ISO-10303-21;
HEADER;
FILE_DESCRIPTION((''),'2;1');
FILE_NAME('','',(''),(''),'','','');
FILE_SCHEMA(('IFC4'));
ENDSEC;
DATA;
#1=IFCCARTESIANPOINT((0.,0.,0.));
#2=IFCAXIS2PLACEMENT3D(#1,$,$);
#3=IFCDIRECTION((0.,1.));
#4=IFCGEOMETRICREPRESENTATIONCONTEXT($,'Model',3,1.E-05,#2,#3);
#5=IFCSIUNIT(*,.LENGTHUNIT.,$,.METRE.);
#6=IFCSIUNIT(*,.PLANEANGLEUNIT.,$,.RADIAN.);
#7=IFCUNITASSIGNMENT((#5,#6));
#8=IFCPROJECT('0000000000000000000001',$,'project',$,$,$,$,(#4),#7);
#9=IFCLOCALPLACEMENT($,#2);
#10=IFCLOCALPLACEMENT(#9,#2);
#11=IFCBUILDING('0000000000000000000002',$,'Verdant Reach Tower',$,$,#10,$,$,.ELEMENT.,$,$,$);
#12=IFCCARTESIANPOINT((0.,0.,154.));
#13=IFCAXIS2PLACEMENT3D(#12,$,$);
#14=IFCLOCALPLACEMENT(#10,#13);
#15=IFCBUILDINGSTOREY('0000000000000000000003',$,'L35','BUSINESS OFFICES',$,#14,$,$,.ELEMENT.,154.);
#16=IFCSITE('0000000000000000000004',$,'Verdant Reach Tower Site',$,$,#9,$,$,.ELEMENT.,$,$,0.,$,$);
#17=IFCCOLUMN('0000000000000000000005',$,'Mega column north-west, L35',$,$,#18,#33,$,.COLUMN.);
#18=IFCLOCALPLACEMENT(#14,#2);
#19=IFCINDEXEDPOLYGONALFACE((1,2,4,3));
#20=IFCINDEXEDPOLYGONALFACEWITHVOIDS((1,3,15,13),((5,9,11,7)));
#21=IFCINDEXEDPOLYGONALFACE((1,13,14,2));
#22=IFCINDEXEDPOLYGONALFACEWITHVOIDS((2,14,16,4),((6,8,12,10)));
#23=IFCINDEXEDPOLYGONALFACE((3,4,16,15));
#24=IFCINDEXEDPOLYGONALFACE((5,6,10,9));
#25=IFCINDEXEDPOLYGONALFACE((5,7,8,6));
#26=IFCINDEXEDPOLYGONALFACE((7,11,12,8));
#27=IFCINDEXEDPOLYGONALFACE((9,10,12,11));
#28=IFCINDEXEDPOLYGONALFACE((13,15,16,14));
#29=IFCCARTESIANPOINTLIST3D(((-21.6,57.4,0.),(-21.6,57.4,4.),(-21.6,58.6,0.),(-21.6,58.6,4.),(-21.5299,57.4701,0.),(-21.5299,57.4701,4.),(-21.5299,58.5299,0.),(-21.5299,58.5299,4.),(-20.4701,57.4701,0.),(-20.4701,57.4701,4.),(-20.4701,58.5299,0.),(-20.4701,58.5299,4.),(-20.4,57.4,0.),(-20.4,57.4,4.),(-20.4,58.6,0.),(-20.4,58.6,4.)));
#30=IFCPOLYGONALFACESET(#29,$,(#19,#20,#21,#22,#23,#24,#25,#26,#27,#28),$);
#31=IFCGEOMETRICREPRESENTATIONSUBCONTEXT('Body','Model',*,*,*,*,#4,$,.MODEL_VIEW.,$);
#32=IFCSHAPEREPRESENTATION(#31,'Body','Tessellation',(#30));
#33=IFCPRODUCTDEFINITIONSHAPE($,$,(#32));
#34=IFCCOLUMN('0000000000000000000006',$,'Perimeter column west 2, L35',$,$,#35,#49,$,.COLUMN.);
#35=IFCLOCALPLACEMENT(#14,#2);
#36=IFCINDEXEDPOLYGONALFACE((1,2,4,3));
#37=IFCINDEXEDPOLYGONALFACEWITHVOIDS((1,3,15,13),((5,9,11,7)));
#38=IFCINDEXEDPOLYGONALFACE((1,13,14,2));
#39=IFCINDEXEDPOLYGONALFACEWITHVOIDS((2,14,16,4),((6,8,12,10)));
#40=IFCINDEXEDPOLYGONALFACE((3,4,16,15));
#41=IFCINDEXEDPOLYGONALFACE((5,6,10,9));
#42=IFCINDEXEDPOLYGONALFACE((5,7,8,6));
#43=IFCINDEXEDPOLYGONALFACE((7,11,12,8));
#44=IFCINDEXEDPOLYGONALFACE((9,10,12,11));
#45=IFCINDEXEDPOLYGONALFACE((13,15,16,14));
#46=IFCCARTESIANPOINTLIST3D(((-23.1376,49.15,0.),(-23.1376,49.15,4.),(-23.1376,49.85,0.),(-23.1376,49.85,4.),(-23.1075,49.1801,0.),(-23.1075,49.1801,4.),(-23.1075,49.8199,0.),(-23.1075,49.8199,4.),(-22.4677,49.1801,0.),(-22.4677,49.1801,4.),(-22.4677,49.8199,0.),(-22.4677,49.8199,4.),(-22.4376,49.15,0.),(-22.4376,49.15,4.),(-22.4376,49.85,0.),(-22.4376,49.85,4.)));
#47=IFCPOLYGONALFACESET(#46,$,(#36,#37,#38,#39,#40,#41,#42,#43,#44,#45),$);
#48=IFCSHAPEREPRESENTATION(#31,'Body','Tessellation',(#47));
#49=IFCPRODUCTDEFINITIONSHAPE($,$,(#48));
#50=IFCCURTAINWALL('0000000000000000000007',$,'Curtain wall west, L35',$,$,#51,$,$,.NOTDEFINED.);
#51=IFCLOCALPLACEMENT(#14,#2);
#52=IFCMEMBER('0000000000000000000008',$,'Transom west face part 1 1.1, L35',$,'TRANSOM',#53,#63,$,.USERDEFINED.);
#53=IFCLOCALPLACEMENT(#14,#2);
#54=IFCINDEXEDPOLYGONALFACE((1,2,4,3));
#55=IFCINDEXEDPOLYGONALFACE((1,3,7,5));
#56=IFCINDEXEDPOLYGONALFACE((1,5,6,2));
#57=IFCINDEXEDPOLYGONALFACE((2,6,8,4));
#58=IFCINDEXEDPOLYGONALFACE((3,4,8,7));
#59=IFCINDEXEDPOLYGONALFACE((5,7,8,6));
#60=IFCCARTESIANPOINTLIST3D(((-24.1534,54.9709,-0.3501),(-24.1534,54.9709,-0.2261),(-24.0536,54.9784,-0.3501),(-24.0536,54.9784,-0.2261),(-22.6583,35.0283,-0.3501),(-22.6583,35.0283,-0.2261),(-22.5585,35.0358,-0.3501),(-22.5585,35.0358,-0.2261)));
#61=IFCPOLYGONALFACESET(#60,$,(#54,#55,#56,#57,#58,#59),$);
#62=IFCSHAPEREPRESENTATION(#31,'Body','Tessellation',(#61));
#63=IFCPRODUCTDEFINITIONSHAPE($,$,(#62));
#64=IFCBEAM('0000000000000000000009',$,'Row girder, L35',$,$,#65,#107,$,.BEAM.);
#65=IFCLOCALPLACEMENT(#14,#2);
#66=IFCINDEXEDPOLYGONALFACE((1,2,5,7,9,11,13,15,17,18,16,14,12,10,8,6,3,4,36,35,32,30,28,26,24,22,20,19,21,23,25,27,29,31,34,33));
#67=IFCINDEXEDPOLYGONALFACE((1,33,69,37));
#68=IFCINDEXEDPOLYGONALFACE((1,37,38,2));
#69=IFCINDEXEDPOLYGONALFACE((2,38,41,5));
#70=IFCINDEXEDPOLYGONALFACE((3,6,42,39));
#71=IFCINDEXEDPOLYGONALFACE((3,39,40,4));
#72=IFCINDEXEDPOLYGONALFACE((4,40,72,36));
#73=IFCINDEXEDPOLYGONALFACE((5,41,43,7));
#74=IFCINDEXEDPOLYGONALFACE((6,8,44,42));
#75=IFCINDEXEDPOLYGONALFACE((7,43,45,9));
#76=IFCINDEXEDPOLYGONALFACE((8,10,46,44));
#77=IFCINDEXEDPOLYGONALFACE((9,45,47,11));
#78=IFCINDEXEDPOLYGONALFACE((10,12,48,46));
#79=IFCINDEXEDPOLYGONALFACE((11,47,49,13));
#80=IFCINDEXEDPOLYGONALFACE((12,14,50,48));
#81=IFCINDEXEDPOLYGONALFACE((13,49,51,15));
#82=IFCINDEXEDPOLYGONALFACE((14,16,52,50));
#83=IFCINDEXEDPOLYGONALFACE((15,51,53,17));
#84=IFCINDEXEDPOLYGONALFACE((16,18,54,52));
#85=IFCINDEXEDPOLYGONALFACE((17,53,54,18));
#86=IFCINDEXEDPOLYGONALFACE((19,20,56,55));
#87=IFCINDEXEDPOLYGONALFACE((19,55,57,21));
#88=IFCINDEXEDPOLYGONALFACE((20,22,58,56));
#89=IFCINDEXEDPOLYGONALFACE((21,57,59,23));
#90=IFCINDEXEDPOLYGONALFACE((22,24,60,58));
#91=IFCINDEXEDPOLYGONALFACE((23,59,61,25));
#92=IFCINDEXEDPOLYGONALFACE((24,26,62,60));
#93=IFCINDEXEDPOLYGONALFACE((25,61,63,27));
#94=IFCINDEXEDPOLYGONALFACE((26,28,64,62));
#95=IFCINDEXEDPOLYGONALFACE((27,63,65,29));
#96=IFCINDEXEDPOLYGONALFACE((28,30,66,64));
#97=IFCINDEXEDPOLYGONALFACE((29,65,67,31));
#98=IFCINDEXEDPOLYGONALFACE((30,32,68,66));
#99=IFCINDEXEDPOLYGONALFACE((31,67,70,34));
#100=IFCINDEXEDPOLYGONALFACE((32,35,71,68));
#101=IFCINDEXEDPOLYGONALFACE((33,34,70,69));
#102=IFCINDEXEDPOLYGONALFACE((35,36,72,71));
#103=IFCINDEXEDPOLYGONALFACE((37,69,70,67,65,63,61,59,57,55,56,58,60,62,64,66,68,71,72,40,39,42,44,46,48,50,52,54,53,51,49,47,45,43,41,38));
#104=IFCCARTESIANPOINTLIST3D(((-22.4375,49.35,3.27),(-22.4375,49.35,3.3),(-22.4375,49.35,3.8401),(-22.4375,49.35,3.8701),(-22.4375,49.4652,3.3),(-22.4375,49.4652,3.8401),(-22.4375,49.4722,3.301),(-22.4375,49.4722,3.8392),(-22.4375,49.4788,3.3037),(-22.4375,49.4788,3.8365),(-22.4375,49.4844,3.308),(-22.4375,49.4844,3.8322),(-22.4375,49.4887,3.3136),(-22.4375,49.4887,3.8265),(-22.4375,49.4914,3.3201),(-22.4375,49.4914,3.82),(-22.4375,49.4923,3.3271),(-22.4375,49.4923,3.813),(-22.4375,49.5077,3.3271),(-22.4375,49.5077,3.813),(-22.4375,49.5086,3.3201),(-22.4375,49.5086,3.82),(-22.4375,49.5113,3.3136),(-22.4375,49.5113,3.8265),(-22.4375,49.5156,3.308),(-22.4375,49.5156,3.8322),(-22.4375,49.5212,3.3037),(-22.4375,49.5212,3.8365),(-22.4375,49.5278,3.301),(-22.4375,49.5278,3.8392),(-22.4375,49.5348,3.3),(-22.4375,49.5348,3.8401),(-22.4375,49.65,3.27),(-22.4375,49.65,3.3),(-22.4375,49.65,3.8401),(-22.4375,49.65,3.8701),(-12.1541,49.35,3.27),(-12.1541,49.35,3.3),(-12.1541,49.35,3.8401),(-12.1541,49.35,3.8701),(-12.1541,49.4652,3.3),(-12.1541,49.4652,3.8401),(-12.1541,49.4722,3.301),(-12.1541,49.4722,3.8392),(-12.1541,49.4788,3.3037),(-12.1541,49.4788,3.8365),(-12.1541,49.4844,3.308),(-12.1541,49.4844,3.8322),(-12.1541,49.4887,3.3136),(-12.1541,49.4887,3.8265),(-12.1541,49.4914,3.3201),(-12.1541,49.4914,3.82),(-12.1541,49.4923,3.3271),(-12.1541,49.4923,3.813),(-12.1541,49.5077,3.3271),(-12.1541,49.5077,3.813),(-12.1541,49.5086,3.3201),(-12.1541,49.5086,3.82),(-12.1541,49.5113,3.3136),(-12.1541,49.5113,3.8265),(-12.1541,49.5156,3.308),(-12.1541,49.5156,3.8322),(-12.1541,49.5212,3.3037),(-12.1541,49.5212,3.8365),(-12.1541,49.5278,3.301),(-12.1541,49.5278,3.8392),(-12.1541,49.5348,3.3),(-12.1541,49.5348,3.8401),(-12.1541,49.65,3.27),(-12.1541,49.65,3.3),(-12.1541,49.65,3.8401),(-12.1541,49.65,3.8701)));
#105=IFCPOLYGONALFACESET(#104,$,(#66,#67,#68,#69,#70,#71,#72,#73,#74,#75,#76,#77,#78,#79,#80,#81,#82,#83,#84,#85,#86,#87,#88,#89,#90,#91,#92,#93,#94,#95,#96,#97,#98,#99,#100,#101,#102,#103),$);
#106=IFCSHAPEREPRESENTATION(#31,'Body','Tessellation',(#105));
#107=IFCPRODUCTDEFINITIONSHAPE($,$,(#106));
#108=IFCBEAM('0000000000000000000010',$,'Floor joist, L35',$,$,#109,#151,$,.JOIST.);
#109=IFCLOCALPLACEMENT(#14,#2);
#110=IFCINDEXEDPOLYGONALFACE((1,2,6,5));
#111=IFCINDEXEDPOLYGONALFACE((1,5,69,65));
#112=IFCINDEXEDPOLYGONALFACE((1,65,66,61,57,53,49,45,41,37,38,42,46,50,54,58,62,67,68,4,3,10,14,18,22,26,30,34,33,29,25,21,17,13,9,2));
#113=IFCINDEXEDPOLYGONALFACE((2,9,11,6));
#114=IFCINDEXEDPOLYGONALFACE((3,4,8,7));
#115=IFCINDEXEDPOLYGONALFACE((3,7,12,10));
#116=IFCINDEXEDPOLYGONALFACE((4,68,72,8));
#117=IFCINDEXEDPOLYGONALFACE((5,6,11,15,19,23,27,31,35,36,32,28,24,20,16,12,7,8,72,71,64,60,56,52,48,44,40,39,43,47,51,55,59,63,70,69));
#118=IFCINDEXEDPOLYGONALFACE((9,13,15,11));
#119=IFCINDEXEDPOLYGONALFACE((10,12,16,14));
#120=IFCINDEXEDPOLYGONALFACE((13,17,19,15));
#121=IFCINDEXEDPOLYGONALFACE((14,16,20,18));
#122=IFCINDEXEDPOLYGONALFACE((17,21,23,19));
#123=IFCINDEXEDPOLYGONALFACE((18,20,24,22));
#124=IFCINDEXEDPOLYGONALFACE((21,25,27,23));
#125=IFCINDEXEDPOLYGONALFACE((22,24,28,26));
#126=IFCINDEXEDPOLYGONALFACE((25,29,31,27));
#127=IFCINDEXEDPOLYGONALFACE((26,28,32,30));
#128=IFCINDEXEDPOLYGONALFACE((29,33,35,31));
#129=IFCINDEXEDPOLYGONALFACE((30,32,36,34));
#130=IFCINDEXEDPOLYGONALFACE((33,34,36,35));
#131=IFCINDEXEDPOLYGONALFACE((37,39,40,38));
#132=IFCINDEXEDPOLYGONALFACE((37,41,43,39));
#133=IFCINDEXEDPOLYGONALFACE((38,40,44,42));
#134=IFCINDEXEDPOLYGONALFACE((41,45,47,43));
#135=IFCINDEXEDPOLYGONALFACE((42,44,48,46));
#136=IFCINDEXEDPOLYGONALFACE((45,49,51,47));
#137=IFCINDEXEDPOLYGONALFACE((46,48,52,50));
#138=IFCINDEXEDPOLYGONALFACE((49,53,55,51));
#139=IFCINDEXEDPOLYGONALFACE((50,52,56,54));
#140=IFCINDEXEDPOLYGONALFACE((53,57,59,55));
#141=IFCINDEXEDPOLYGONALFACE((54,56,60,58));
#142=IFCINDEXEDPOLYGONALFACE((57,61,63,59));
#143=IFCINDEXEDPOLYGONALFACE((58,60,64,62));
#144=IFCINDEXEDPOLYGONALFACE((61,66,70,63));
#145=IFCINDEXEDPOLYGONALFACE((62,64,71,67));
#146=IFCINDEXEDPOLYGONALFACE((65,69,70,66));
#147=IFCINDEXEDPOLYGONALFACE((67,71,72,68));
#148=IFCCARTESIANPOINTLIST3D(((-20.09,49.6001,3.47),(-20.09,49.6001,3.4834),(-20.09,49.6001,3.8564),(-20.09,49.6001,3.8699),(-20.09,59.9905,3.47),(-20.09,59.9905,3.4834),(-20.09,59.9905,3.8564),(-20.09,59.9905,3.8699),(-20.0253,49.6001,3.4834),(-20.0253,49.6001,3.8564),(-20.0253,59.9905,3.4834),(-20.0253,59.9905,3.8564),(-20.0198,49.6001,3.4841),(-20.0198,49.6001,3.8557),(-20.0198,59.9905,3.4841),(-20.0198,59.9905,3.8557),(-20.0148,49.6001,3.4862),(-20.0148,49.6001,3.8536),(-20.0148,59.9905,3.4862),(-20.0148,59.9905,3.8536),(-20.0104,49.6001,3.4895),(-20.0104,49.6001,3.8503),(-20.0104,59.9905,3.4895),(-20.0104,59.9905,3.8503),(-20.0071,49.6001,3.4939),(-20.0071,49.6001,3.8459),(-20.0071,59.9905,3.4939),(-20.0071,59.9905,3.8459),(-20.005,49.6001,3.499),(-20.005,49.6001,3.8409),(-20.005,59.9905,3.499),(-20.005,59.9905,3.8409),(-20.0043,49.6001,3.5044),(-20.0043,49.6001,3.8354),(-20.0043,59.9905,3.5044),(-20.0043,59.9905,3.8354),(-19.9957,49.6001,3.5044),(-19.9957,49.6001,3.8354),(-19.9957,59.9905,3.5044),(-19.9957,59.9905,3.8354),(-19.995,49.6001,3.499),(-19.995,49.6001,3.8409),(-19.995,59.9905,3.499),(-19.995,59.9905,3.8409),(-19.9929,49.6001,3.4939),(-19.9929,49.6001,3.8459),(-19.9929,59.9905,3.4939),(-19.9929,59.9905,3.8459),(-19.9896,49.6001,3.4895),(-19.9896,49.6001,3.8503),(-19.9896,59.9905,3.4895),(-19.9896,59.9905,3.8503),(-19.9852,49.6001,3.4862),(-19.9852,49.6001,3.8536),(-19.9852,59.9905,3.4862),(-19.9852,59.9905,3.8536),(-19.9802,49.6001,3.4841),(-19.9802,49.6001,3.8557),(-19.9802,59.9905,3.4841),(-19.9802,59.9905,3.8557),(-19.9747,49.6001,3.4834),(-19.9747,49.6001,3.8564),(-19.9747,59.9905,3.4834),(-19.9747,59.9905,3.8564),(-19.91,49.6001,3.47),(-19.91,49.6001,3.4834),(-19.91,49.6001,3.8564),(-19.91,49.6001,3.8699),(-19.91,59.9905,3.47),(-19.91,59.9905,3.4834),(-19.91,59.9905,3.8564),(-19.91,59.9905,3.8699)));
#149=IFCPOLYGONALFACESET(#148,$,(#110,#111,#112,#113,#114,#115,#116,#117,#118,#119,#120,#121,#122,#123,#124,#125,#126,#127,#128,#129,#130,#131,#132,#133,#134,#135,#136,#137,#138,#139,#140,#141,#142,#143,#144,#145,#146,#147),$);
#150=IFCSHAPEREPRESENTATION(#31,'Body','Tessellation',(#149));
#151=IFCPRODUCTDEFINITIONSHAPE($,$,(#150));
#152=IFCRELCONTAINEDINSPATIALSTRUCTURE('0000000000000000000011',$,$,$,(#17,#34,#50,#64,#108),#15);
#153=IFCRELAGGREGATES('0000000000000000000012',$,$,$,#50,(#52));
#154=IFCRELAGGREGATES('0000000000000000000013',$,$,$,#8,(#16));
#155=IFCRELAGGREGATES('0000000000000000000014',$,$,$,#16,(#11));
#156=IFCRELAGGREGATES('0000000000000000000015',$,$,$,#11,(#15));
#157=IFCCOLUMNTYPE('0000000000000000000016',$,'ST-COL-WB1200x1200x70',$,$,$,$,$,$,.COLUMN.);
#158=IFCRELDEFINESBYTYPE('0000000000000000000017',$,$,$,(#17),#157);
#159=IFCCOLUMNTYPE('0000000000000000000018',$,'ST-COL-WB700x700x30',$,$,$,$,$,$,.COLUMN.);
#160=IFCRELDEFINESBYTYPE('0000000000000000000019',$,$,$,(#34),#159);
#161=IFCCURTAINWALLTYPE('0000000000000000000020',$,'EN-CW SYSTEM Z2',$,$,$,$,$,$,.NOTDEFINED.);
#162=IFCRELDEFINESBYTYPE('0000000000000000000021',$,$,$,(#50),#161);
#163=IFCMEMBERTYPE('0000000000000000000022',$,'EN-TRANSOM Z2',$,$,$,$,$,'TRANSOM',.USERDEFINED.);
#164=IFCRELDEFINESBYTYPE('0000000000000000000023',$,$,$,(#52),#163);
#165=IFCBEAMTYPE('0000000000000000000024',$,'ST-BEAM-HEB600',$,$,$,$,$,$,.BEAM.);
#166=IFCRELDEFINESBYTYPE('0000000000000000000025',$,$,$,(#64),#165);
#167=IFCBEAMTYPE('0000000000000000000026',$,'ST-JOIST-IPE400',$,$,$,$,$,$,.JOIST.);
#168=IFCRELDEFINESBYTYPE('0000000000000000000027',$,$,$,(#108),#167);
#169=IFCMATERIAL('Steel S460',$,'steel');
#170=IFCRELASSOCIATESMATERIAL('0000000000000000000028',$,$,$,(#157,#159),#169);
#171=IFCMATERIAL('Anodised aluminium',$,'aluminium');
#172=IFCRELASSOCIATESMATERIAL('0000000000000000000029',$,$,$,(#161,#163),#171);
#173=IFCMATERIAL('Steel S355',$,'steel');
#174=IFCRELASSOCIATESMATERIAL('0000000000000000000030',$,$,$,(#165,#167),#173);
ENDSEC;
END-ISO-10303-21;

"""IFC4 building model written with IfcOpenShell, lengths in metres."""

from ifc_helpers import new_model, si_unit, direction, frame, origin, origin_2d, place, context, subcontext, project, spatial, rectangle, hollow_rectangle, i_section, extrude, material, material_profile, profile_set, type_object, element, aggregate, save


model = new_model("IFC4")

# Units and contexts
model_context = context("Model", 3, precision=1e-05, world=origin(), true_north=direction((0.0, 1.0)))
body_context = subcontext(model_context, "Body", "Model", "MODEL_VIEW")
ifc_project = project(units=[si_unit("LENGTHUNIT", "METRE"), si_unit("PLANEANGLEUNIT", "RADIAN")], contexts=[model_context])

# Site, building, storey
site_placement = place(None, origin())
site = spatial("IfcSite", under=ifc_project, at=site_placement, Name="Verdant Reach Tower Site", CompositionType="ELEMENT", RefElevation=0.0)
building_placement = place(site_placement, origin())
building = spatial("IfcBuilding", under=site, at=building_placement, Name="Verdant Reach Tower", CompositionType="ELEMENT")
storey_placement = place(building_placement, frame((0.0, 0.0, 154.0)))
storey = spatial("IfcBuildingStorey", under=building, at=storey_placement, Name="L35", Description="BUSINESS OFFICES", CompositionType="ELEMENT", Elevation=154.0)

# Columns
ifc_material_1 = material(Name="Steel S460", Category="steel")
ifc_material_profile_1 = material_profile(ifc_material_1, hollow_rectangle(XDim=1.2, YDim=1.2, WallThickness=0.0701, at=origin_2d()), Name="WB 1200x1200x70")
ifc_profile_set_1 = profile_set([ifc_material_profile_1], Name="Steel S460")
column_type_1 = type_object("IfcColumnType", Name="ST-COL-WB1200x1200x70", PredefinedType="COLUMN", material=ifc_profile_set_1)
column_1_placement = place(storey_placement, frame((-21.0, 58.0, 0.0), z_axis=(0.0, 0.0, 1.0), x_axis=(1.0, 0.0, 0.0)))
element("IfcColumn", 1, at=column_1_placement, inside=storey, type_object=column_type_1, Name="Mega column north-west, L35", PredefinedType="COLUMN", context=body_context, shape_type="SweptSolid", body=[
    extrude(hollow_rectangle(XDim=1.2, YDim=1.2, WallThickness=0.0701, at=origin_2d()), origin(), (0.0, 0.0, 1.0), 4.0),
])
ifc_material_profile_2 = material_profile(ifc_material_1, hollow_rectangle(XDim=0.7, YDim=0.7, WallThickness=0.03, at=origin_2d()), Name="WB 700x700x30")
ifc_profile_set_2 = profile_set([ifc_material_profile_2], Name="Steel S460")
column_type_2 = type_object("IfcColumnType", Name="ST-COL-WB700x700x30", PredefinedType="COLUMN", material=ifc_profile_set_2)
column_2_placement = place(storey_placement, frame((-22.7876, 49.5, 0.0), z_axis=(0.0, 0.0, 1.0), x_axis=(1.0, 0.0, 0.0)))
element("IfcColumn", 2, at=column_2_placement, inside=storey, type_object=column_type_2, Name="Perimeter column west 2, L35", PredefinedType="COLUMN", context=body_context, shape_type="SweptSolid", body=[
    extrude(hollow_rectangle(XDim=0.7, YDim=0.7, WallThickness=0.03, at=origin_2d()), origin(), (0.0, 0.0, 1.0), 4.0),
])

# Curtain wall, member
ifc_material_2 = material(Name="Anodised aluminium", Category="aluminium")
curtain_wall_type = type_object("IfcCurtainWallType", Name="EN-CW SYSTEM Z2", PredefinedType="NOTDEFINED", material=ifc_material_2)
curtain_wall_1_placement = place(storey_placement, origin())
curtain_wall_1 = element("IfcCurtainWall", 3, at=curtain_wall_1_placement, inside=storey, type_object=curtain_wall_type, Name="Curtain wall west, L35", PredefinedType="NOTDEFINED")
ifc_material_profile_3 = material_profile(ifc_material_2, rectangle(XDim=0.1001, YDim=0.124, at=origin_2d()), Name="Transom 124x100")
ifc_profile_set_3 = profile_set([ifc_material_profile_3], Name="Anodised aluminium")
member_type = type_object("IfcMemberType", Name="EN-TRANSOM Z2", ElementType="TRANSOM", PredefinedType="USERDEFINED", material=ifc_profile_set_3)
member_placement = place(storey_placement, frame((-24.1035, 54.9746, -0.2881), z_axis=(0.074761, -0.997201, 0.0), x_axis=(0.997201, 0.074761, 0.0)))
member = element("IfcMember", 4, at=member_placement, type_object=member_type, Name="Transom west face part 1 1.1, L35", ObjectType="TRANSOM", PredefinedType="USERDEFINED", context=body_context, shape_type="SweptSolid", body=[
    extrude(rectangle(XDim=0.1001, YDim=0.124, at=origin_2d()), origin(), (0.0, 0.0, 1.0), 19.9985),
])

# Beams
ifc_material_3 = material(Name="Steel S355", Category="steel")
ifc_material_profile_4 = material_profile(ifc_material_3, i_section(OverallWidth=0.3, OverallDepth=0.6001, WebThickness=0.0154, FlangeThickness=0.03, FilletRadius=0.0271, at=origin_2d()), Name="HEB 600")
ifc_profile_set_4 = profile_set([ifc_material_profile_4], Name="Steel S355")
beam_type_1 = type_object("IfcBeamType", Name="ST-BEAM-HEB600", PredefinedType="BEAM", material=ifc_profile_set_4)
beam_1_placement = place(storey_placement, frame((-22.4375, 49.5, 3.5701), z_axis=(1.0, 0.0, 0.0), x_axis=(0.0, 1.0, 0.0)))
element("IfcBeam", 5, at=beam_1_placement, inside=storey, type_object=beam_type_1, Name="Row girder, L35", PredefinedType="BEAM", context=body_context, shape_type="SweptSolid", body=[
    extrude(i_section(OverallWidth=0.3, OverallDepth=0.6001, WebThickness=0.0154, FlangeThickness=0.03, FilletRadius=0.0271, at=origin_2d()), origin(), (0.0, 0.0, 1.0), 10.2834),
])
ifc_material_profile_5 = material_profile(ifc_material_3, i_section(OverallWidth=0.1799, OverallDepth=0.3999, WebThickness=0.0085, FlangeThickness=0.0134, FilletRadius=0.021, at=origin_2d()), Name="IPE 400")
ifc_profile_set_5 = profile_set([ifc_material_profile_5], Name="Steel S355")
beam_type_2 = type_object("IfcBeamType", Name="ST-JOIST-IPE400", PredefinedType="JOIST", material=ifc_profile_set_5)
beam_2_placement = place(storey_placement, frame((-20.0, 49.6001, 3.6699), z_axis=(0.0, 1.0, 0.0), x_axis=(-1.0, 0.0, 0.0)))
element("IfcBeam", 6, at=beam_2_placement, inside=storey, type_object=beam_type_2, Name="Floor joist, L35", PredefinedType="JOIST", context=body_context, shape_type="SweptSolid", body=[
    extrude(i_section(OverallWidth=0.1799, OverallDepth=0.3999, WebThickness=0.0085, FlangeThickness=0.0134, FilletRadius=0.021, at=origin_2d()), origin(), (0.0, 0.0, 1.0), 10.3904),
])

aggregate(curtain_wall_1, [member])

save(model, "model.ifc")
